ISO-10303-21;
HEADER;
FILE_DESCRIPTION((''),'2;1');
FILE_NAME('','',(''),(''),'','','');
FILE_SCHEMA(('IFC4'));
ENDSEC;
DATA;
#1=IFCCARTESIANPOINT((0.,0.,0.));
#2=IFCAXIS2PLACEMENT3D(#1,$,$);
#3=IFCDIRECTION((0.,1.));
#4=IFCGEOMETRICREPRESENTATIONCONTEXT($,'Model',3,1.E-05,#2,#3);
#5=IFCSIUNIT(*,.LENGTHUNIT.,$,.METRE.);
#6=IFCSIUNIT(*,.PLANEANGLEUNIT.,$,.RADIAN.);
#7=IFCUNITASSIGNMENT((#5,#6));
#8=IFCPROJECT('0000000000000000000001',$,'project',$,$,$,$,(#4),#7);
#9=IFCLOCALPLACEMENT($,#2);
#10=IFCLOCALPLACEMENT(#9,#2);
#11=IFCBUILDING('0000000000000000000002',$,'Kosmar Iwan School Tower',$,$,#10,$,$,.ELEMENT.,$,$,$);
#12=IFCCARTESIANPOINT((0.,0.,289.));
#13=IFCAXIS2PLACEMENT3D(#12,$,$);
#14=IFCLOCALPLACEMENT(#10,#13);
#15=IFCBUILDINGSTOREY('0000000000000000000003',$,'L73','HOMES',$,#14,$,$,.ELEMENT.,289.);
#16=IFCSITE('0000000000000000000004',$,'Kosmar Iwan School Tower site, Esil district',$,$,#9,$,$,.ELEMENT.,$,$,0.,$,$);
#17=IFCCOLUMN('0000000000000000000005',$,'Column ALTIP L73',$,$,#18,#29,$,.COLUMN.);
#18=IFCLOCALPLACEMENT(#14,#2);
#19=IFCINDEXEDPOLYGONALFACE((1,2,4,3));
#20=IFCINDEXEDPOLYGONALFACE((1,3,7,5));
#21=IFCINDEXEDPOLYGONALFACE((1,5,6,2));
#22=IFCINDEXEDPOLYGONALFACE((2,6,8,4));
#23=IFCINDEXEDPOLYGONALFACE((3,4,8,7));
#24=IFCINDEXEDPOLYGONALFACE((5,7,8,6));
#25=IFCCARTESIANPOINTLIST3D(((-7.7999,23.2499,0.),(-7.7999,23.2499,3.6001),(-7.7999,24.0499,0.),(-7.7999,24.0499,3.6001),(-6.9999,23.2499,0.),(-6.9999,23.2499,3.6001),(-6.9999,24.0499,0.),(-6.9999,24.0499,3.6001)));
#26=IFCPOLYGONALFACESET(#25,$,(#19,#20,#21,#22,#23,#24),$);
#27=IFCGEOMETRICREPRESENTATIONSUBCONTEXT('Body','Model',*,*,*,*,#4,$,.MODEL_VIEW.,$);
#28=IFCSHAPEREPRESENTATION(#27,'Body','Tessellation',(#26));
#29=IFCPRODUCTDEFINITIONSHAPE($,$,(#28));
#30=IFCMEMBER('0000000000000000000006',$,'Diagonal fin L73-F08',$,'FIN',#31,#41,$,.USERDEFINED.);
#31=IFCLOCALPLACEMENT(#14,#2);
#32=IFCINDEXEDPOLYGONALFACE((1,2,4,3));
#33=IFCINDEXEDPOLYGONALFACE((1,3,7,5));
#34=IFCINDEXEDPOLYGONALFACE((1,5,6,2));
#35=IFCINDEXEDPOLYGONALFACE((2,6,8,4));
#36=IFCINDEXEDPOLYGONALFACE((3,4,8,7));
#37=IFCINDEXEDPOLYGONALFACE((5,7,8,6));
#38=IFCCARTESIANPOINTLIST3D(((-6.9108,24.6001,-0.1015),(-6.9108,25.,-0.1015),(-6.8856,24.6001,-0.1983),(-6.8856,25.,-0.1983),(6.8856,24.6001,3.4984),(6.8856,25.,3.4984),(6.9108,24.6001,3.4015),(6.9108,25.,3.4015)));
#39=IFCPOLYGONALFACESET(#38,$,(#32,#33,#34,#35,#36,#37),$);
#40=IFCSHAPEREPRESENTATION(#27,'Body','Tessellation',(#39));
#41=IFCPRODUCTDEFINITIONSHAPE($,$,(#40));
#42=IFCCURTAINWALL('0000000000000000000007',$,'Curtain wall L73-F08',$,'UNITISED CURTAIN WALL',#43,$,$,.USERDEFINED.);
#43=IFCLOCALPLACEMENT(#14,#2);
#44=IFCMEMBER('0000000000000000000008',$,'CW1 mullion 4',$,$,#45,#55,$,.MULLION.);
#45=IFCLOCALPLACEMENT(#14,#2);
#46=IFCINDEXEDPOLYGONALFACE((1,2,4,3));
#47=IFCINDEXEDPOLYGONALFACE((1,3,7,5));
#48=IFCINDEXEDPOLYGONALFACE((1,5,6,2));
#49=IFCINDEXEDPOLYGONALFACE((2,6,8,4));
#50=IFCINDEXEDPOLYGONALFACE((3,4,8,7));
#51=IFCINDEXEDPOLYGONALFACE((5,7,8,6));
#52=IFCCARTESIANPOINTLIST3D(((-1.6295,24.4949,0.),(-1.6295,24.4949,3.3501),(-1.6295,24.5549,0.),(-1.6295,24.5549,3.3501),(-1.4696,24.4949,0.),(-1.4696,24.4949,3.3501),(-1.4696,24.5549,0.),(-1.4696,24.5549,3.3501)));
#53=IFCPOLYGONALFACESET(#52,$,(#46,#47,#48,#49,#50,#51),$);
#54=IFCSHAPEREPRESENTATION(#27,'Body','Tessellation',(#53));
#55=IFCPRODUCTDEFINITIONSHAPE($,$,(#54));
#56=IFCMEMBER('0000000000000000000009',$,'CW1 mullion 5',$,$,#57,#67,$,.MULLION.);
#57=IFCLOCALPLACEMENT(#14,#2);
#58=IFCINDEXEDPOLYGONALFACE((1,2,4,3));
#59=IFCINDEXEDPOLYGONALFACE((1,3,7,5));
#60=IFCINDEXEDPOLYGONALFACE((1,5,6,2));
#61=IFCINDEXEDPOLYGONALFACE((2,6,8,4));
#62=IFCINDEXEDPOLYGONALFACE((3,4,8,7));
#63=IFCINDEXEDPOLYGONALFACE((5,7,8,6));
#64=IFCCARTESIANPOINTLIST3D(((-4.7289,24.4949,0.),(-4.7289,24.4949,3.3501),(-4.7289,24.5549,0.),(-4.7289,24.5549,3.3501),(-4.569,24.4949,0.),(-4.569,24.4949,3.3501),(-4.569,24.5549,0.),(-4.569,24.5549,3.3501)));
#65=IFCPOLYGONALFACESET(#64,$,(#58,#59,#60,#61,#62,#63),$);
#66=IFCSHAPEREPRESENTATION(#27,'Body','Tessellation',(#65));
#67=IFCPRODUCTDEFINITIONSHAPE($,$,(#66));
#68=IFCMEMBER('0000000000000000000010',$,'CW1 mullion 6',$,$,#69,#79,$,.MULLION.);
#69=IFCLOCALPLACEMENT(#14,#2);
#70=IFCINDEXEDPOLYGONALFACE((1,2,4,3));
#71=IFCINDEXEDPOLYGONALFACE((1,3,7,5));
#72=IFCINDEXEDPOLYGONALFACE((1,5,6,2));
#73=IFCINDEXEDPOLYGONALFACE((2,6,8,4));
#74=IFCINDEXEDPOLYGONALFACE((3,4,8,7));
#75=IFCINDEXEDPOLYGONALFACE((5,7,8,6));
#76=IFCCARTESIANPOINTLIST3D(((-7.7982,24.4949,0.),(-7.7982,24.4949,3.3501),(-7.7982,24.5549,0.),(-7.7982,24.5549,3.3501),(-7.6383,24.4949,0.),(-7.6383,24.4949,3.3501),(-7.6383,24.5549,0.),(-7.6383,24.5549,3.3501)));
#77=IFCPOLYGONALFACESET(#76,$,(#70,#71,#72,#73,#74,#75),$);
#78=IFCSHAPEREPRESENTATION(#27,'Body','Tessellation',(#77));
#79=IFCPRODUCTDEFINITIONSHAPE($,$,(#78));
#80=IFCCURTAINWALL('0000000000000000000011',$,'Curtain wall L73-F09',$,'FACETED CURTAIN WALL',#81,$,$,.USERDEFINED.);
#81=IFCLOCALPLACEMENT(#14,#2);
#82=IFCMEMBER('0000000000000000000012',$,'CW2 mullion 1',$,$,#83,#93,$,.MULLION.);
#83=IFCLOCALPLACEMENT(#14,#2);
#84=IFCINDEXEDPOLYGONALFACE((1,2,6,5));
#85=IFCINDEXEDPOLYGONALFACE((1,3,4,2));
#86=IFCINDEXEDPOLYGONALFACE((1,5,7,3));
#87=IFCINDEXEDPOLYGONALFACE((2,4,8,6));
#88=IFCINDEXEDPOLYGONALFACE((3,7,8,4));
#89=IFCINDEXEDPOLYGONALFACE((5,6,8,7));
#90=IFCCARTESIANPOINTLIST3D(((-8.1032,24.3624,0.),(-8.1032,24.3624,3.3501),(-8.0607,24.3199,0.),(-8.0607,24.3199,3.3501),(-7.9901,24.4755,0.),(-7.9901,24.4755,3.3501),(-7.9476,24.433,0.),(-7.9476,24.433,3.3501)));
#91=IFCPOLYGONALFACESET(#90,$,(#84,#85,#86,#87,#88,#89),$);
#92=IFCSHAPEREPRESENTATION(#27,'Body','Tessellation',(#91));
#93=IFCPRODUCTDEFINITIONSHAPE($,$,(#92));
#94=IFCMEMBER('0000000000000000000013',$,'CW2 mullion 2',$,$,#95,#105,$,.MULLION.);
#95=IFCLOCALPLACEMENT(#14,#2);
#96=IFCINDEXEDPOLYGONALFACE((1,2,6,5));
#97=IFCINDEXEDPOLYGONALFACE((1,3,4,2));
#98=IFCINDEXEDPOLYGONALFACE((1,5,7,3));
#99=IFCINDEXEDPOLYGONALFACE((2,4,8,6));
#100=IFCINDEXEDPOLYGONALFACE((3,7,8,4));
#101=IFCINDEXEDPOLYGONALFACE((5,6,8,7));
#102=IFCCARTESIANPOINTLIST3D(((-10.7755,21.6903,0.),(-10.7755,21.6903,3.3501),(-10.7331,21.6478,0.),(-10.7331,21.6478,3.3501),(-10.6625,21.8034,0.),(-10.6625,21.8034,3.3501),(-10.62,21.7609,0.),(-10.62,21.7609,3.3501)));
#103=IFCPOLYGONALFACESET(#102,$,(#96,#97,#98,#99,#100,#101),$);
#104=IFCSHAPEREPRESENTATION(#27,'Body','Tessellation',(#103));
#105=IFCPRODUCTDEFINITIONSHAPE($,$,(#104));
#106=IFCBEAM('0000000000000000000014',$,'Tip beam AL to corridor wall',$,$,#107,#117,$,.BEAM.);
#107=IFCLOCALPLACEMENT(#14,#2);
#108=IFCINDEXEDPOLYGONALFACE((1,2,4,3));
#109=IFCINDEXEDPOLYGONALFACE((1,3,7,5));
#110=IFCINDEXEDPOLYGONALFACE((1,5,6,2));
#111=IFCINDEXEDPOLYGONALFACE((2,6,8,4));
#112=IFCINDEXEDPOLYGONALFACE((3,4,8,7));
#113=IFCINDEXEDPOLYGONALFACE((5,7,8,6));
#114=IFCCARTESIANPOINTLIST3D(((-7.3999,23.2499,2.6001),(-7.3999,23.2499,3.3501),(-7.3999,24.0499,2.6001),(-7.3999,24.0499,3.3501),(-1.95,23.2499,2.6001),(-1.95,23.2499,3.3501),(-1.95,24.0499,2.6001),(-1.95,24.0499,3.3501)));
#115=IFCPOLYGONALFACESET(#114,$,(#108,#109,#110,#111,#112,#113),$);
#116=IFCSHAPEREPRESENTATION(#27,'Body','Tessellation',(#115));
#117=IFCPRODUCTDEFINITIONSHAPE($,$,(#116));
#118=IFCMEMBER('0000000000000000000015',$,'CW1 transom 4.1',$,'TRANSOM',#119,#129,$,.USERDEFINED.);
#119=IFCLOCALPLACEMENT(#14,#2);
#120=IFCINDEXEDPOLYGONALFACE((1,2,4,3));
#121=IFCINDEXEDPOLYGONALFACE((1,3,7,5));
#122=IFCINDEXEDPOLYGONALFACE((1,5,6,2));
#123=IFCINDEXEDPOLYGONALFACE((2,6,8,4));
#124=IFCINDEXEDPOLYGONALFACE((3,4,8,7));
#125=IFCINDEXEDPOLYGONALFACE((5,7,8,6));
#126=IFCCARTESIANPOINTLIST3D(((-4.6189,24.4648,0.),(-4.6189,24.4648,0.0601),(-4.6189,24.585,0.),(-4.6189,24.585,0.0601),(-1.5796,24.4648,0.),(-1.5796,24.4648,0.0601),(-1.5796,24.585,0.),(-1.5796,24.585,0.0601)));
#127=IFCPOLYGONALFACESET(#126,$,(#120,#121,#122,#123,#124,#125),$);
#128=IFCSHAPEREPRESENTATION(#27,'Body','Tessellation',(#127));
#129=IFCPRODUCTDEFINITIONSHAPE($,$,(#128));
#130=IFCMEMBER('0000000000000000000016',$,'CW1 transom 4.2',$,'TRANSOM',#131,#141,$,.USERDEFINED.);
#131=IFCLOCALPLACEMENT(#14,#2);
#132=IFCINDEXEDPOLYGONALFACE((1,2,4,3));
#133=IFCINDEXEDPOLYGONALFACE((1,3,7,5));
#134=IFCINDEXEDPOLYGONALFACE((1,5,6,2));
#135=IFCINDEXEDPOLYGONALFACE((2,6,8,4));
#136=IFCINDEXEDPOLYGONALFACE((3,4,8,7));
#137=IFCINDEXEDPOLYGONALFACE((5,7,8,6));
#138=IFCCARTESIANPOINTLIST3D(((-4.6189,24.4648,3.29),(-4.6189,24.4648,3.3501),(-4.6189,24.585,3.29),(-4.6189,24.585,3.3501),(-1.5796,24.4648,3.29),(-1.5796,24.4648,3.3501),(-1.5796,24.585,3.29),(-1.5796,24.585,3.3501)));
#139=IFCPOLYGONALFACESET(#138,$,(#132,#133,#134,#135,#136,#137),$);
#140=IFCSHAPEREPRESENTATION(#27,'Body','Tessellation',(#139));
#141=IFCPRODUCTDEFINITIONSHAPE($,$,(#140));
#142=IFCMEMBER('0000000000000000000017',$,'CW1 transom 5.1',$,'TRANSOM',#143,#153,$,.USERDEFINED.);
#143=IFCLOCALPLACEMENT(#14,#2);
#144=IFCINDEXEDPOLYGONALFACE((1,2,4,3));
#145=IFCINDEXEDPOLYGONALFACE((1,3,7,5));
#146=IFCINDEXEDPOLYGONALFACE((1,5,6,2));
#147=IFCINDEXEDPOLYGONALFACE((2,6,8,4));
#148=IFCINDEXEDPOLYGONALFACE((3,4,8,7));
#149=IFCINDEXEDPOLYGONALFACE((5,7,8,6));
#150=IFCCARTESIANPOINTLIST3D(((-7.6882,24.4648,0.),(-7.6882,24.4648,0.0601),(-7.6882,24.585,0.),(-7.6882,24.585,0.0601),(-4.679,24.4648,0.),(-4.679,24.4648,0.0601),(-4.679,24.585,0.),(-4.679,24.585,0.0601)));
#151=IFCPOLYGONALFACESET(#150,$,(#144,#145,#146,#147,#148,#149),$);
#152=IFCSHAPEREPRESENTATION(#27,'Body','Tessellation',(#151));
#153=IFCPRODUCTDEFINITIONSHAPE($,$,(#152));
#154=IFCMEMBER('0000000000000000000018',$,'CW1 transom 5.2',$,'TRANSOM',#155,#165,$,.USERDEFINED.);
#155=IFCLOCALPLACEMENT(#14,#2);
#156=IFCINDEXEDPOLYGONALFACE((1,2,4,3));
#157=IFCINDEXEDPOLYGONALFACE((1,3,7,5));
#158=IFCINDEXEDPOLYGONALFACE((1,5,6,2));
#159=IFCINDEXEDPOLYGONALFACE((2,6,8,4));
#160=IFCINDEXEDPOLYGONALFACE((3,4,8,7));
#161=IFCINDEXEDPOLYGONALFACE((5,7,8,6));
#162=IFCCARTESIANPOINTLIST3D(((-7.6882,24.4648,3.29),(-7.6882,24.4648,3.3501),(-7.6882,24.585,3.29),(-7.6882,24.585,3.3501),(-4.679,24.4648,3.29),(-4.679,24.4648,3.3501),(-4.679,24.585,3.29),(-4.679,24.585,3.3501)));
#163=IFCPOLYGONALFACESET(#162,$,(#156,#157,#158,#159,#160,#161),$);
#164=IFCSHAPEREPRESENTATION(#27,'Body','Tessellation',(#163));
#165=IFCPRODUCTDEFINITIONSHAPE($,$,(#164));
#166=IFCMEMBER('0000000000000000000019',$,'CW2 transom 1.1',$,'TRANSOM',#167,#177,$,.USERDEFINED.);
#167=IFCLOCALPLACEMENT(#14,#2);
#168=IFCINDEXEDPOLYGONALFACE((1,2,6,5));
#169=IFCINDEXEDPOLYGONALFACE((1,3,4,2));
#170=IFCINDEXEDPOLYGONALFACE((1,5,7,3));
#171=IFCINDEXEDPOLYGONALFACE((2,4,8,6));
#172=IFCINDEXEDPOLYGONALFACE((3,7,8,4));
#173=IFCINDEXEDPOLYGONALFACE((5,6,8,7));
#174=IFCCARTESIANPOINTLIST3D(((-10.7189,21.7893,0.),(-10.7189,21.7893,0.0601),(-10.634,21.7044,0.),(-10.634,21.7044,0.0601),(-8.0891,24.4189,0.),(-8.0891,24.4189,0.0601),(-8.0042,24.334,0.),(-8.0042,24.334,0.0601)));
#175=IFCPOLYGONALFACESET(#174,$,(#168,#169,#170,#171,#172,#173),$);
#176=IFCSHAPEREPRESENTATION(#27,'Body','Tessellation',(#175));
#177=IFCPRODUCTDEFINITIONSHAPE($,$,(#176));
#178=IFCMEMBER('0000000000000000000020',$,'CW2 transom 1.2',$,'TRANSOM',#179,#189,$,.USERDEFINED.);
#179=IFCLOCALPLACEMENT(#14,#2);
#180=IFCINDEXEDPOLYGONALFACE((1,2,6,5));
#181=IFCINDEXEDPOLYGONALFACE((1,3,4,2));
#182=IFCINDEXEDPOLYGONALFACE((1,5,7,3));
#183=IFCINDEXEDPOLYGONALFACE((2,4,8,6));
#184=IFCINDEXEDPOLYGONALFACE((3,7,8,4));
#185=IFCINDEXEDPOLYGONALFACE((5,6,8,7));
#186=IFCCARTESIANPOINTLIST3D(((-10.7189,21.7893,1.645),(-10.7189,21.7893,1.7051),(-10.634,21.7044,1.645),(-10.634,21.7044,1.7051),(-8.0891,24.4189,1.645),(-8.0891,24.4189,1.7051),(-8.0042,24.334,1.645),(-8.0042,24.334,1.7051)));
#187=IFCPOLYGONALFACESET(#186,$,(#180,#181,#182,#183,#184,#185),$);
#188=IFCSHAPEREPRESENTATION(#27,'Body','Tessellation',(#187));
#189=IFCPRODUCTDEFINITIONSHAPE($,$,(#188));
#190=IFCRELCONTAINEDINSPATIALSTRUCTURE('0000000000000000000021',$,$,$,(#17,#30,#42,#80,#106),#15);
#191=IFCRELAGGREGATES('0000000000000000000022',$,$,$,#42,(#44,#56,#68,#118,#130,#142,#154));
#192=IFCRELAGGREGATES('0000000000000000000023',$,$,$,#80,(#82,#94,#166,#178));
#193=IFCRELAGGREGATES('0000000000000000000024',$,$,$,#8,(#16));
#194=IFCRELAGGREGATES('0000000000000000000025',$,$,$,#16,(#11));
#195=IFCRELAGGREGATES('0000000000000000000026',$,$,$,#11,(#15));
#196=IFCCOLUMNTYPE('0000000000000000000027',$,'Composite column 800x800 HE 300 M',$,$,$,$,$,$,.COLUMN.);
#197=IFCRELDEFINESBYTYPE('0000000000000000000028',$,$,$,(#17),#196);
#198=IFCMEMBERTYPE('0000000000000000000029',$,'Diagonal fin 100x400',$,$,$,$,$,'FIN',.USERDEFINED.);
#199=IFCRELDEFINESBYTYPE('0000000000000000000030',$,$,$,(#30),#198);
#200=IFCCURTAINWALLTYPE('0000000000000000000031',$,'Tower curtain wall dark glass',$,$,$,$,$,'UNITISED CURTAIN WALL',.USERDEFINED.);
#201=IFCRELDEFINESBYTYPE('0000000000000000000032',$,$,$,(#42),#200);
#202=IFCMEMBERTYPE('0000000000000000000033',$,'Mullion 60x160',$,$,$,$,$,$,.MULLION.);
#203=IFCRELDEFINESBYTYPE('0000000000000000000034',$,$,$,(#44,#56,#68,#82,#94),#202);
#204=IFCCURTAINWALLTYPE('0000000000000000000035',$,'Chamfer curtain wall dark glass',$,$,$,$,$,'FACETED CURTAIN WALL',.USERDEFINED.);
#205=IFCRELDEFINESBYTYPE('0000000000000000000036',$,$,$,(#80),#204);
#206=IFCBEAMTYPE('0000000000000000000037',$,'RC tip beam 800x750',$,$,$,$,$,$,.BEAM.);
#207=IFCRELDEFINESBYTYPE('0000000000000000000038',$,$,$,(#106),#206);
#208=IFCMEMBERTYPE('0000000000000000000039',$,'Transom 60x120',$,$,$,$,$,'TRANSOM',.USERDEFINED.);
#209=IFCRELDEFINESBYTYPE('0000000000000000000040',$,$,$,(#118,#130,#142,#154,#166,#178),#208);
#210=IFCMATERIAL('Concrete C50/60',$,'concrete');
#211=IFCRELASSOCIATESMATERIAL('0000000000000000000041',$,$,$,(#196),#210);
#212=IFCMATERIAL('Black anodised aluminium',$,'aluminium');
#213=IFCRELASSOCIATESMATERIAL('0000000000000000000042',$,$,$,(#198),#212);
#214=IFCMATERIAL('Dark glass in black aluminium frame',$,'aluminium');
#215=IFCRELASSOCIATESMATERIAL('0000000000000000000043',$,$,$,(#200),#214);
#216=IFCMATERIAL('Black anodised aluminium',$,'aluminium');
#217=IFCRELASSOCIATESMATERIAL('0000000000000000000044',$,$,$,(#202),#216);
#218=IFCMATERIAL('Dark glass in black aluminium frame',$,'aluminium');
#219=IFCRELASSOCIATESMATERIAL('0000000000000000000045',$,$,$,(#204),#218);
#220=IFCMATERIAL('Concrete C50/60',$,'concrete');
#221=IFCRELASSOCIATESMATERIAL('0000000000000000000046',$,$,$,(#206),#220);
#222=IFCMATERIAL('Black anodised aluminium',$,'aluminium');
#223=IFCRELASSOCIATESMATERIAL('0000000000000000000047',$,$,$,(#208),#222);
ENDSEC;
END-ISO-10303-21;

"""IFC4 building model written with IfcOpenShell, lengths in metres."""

from ifc_helpers import new_model, si_unit, direction, frame, origin, origin_2d, place, context, subcontext, project, spatial, rectangle, extrude, material, material_profile, profile_set, type_object, element, aggregate, save


model = new_model("IFC4")

# Units and contexts
model_context = context("Model", 3, precision=1e-05, world=origin(), true_north=direction((0.0, 1.0)))
body_context = subcontext(model_context, "Body", "Model", "MODEL_VIEW")
ifc_project = project(units=[si_unit("LENGTHUNIT", "METRE"), si_unit("PLANEANGLEUNIT", "RADIAN")], contexts=[model_context])

# Site, building, storey
site_placement = place(None, origin())
site = spatial("IfcSite", under=ifc_project, at=site_placement, Name="Kosmar Iwan School Tower site, Esil district", CompositionType="ELEMENT", RefElevation=0.0)
building_placement = place(site_placement, origin())
building = spatial("IfcBuilding", under=site, at=building_placement, Name="Kosmar Iwan School Tower", CompositionType="ELEMENT")
storey_placement = place(building_placement, frame((0.0, 0.0, 289.0)))
storey = spatial("IfcBuildingStorey", under=building, at=storey_placement, Name="L73", Description="HOMES", CompositionType="ELEMENT", Elevation=289.0)

# Column
ifc_material_1 = material(Name="Concrete C50/60", Category="concrete")
ifc_material_profile_1 = material_profile(ifc_material_1, rectangle(XDim=0.8, YDim=0.8, at=origin_2d()), Name="RC 800x800 + HE 300 M")
ifc_profile_set_1 = profile_set([ifc_material_profile_1], Name="Concrete C50/60")
column_type = type_object("IfcColumnType", Name="Composite column 800x800 HE 300 M", PredefinedType="COLUMN", material=ifc_profile_set_1)
column_placement = place(storey_placement, frame((-7.3999, 23.6499, 0.0), z_axis=(0.0, 0.0, 1.0), x_axis=(0.0, 1.0, 0.0)))
element("IfcColumn", 1, at=column_placement, inside=storey, type_object=column_type, Name="Column ALTIP L73", PredefinedType="COLUMN", context=body_context, shape_type="SweptSolid", body=[
    extrude(rectangle(XDim=0.8, YDim=0.8, at=origin_2d()), origin(), (0.0, 0.0, 1.0), 3.6001),
])

# Member
ifc_material_2 = material(Name="Black anodised aluminium", Category="aluminium")
ifc_material_profile_2 = material_profile(ifc_material_2, rectangle(XDim=0.1001, YDim=0.3999, at=origin_2d()), Name="FIN 100x400")
ifc_profile_set_2 = profile_set([ifc_material_profile_2], Name="Black anodised aluminium")
member_type_1 = type_object("IfcMemberType", Name="Diagonal fin 100x400", ElementType="FIN", PredefinedType="USERDEFINED", material=ifc_profile_set_2)
member_1_placement = place(storey_placement, frame((-6.8982, 24.8, -0.1499), z_axis=(0.967604, 0.0, 0.252474), x_axis=(-0.252474, 0.0, 0.967604)))
element("IfcMember", 2, at=member_1_placement, inside=storey, type_object=member_type_1, Name="Diagonal fin L73-F08", ObjectType="FIN", PredefinedType="USERDEFINED", context=body_context, shape_type="SweptSolid", body=[
    extrude(rectangle(XDim=0.1001, YDim=0.3999, at=origin_2d()), origin(), (0.0, 0.0, 1.0), 14.2583),
])

# Curtain walls, members
ifc_material_3 = material(Name="Dark glass in black aluminium frame", Category="aluminium")
curtain_wall_type_1 = type_object("IfcCurtainWallType", Name="Tower curtain wall dark glass", ElementType="UNITISED CURTAIN WALL", PredefinedType="USERDEFINED", material=ifc_material_3)
curtain_wall_1_placement = place(storey_placement, origin())
curtain_wall_1 = element("IfcCurtainWall", 3, at=curtain_wall_1_placement, inside=storey, type_object=curtain_wall_type_1, Name="Curtain wall L73-F08", ObjectType="UNITISED CURTAIN WALL", PredefinedType="USERDEFINED")
ifc_material_4 = material(Name="Black anodised aluminium", Category="aluminium")
ifc_material_profile_3 = material_profile(ifc_material_4, rectangle(XDim=0.0601, YDim=0.1599, at=origin_2d()), Name="MULLION 60x160")
ifc_profile_set_3 = profile_set([ifc_material_profile_3], Name="Black anodised aluminium")
member_type_2 = type_object("IfcMemberType", Name="Mullion 60x160", PredefinedType="MULLION", material=ifc_profile_set_3)
member_2_placement = place(storey_placement, frame((-1.5496, 24.5249, 0.0), z_axis=(0.0, 0.0, 1.0), x_axis=(0.0, -1.0, 0.0)))
member_2 = element("IfcMember", 4, at=member_2_placement, type_object=member_type_2, Name="CW1 mullion 4", PredefinedType="MULLION", context=body_context, shape_type="SweptSolid", body=[
    extrude(rectangle(XDim=0.0601, YDim=0.1599, at=origin_2d()), origin(), (0.0, 0.0, 1.0), 3.3501),
])
member_3_placement = place(storey_placement, frame((-4.6489, 24.5249, 0.0), z_axis=(0.0, 0.0, 1.0), x_axis=(0.0, -1.0, 0.0)))
member_3 = element("IfcMember", 5, at=member_3_placement, type_object=member_type_2, Name="CW1 mullion 5", PredefinedType="MULLION", context=body_context, shape_type="SweptSolid", body=[
    extrude(rectangle(XDim=0.0601, YDim=0.1599, at=origin_2d()), origin(), (0.0, 0.0, 1.0), 3.3501),
])
member_4_placement = place(storey_placement, frame((-7.7183, 24.5249, 0.0), z_axis=(0.0, 0.0, 1.0), x_axis=(0.0, -1.0, 0.0)))
member_4 = element("IfcMember", 6, at=member_4_placement, type_object=member_type_2, Name="CW1 mullion 6", PredefinedType="MULLION", context=body_context, shape_type="SweptSolid", body=[
    extrude(rectangle(XDim=0.0601, YDim=0.1599, at=origin_2d()), origin(), (0.0, 0.0, 1.0), 3.3501),
])
ifc_material_5 = material(Name="Dark glass in black aluminium frame", Category="aluminium")
curtain_wall_type_2 = type_object("IfcCurtainWallType", Name="Chamfer curtain wall dark glass", ElementType="FACETED CURTAIN WALL", PredefinedType="USERDEFINED", material=ifc_material_5)
curtain_wall_2_placement = place(storey_placement, origin())
curtain_wall_2 = element("IfcCurtainWall", 7, at=curtain_wall_2_placement, inside=storey, type_object=curtain_wall_type_2, Name="Curtain wall L73-F09", ObjectType="FACETED CURTAIN WALL", PredefinedType="USERDEFINED")
member_5_placement = place(storey_placement, frame((-8.0254, 24.3977, 0.0), z_axis=(0.0, 0.0, 1.0), x_axis=(0.707107, -0.707107, 0.0)))
member_5 = element("IfcMember", 8, at=member_5_placement, type_object=member_type_2, Name="CW2 mullion 1", PredefinedType="MULLION", context=body_context, shape_type="SweptSolid", body=[
    extrude(rectangle(XDim=0.0601, YDim=0.1599, at=origin_2d()), origin(), (0.0, 0.0, 1.0), 3.3501),
])
member_6_placement = place(storey_placement, frame((-10.6978, 21.7256, 0.0), z_axis=(0.0, 0.0, 1.0), x_axis=(0.707107, -0.707107, 0.0)))
member_6 = element("IfcMember", 9, at=member_6_placement, type_object=member_type_2, Name="CW2 mullion 2", PredefinedType="MULLION", context=body_context, shape_type="SweptSolid", body=[
    extrude(rectangle(XDim=0.0601, YDim=0.1599, at=origin_2d()), origin(), (0.0, 0.0, 1.0), 3.3501),
])

# Beam
ifc_material_6 = material(Name="Concrete C50/60", Category="concrete")
ifc_material_profile_4 = material_profile(ifc_material_6, rectangle(XDim=0.8, YDim=0.75, at=origin_2d()), Name="RC 800x750")
ifc_profile_set_4 = profile_set([ifc_material_profile_4], Name="Concrete C50/60")
beam_type = type_object("IfcBeamType", Name="RC tip beam 800x750", PredefinedType="BEAM", material=ifc_profile_set_4)
beam_placement = place(storey_placement, frame((-7.3999, 23.6499, 2.9751), z_axis=(1.0, 0.0, 0.0), x_axis=(0.0, 1.0, 0.0)))
element("IfcBeam", 10, at=beam_placement, inside=storey, type_object=beam_type, Name="Tip beam AL to corridor wall", PredefinedType="BEAM", context=body_context, shape_type="SweptSolid", body=[
    extrude(rectangle(XDim=0.8, YDim=0.75, at=origin_2d()), origin(), (0.0, 0.0, 1.0), 5.45),
])

# Members
ifc_material_7 = material(Name="Black anodised aluminium", Category="aluminium")
ifc_material_profile_5 = material_profile(ifc_material_7, rectangle(XDim=0.1201, YDim=0.0601, at=origin_2d()), Name="TRANSOM 60x120")
ifc_profile_set_5 = profile_set([ifc_material_profile_5], Name="Black anodised aluminium")
member_type_3 = type_object("IfcMemberType", Name="Transom 60x120", ElementType="TRANSOM", PredefinedType="USERDEFINED", material=ifc_profile_set_5)
member_7_placement = place(storey_placement, frame((-1.5796, 24.5249, 0.03), z_axis=(-1.0, 0.0, 0.0), x_axis=(0.0, -1.0, 0.0)))
member_7 = element("IfcMember", 11, at=member_7_placement, type_object=member_type_3, Name="CW1 transom 4.1", ObjectType="TRANSOM", PredefinedType="USERDEFINED", context=body_context, shape_type="SweptSolid", body=[
    extrude(rectangle(XDim=0.1201, YDim=0.0601, at=origin_2d()), origin(), (0.0, 0.0, 1.0), 3.0393),
])
member_8_placement = place(storey_placement, frame((-1.5796, 24.5249, 3.3201), z_axis=(-1.0, 0.0, 0.0), x_axis=(0.0, -1.0, 0.0)))
member_8 = element("IfcMember", 12, at=member_8_placement, type_object=member_type_3, Name="CW1 transom 4.2", ObjectType="TRANSOM", PredefinedType="USERDEFINED", context=body_context, shape_type="SweptSolid", body=[
    extrude(rectangle(XDim=0.1201, YDim=0.0601, at=origin_2d()), origin(), (0.0, 0.0, 1.0), 3.0393),
])
member_9_placement = place(storey_placement, frame((-4.679, 24.5249, 0.03), z_axis=(-1.0, 0.0, 0.0), x_axis=(0.0, -1.0, 0.0)))
member_9 = element("IfcMember", 13, at=member_9_placement, type_object=member_type_3, Name="CW1 transom 5.1", ObjectType="TRANSOM", PredefinedType="USERDEFINED", context=body_context, shape_type="SweptSolid", body=[
    extrude(rectangle(XDim=0.1201, YDim=0.0601, at=origin_2d()), origin(), (0.0, 0.0, 1.0), 3.0093),
])
member_10_placement = place(storey_placement, frame((-4.679, 24.5249, 3.3201), z_axis=(-1.0, 0.0, 0.0), x_axis=(0.0, -1.0, 0.0)))
member_10 = element("IfcMember", 14, at=member_10_placement, type_object=member_type_3, Name="CW1 transom 5.2", ObjectType="TRANSOM", PredefinedType="USERDEFINED", context=body_context, shape_type="SweptSolid", body=[
    extrude(rectangle(XDim=0.1201, YDim=0.0601, at=origin_2d()), origin(), (0.0, 0.0, 1.0), 3.0093),
])
member_11_placement = place(storey_placement, frame((-8.0466, 24.3765, 0.03), z_axis=(-0.70714, -0.707074, 0.0), x_axis=(0.707074, -0.70714, 0.0)))
member_11 = element("IfcMember", 15, at=member_11_placement, type_object=member_type_3, Name="CW2 transom 1.1", ObjectType="TRANSOM", PredefinedType="USERDEFINED", context=body_context, shape_type="SweptSolid", body=[
    extrude(rectangle(XDim=0.1201, YDim=0.0601, at=origin_2d()), origin(), (0.0, 0.0, 1.0), 3.719),
])
member_12_placement = place(storey_placement, frame((-8.0466, 24.3765, 1.675), z_axis=(-0.70714, -0.707074, 0.0), x_axis=(0.707074, -0.70714, 0.0)))
member_12 = element("IfcMember", 16, at=member_12_placement, type_object=member_type_3, Name="CW2 transom 1.2", ObjectType="TRANSOM", PredefinedType="USERDEFINED", context=body_context, shape_type="SweptSolid", body=[
    extrude(rectangle(XDim=0.1201, YDim=0.0601, at=origin_2d()), origin(), (0.0, 0.0, 1.0), 3.719),
])

aggregate(curtain_wall_1, [member_2, member_3, member_4, member_7, member_8, member_9, member_10])
aggregate(curtain_wall_2, [member_5, member_6, member_11, member_12])

save(model, "model.ifc")
